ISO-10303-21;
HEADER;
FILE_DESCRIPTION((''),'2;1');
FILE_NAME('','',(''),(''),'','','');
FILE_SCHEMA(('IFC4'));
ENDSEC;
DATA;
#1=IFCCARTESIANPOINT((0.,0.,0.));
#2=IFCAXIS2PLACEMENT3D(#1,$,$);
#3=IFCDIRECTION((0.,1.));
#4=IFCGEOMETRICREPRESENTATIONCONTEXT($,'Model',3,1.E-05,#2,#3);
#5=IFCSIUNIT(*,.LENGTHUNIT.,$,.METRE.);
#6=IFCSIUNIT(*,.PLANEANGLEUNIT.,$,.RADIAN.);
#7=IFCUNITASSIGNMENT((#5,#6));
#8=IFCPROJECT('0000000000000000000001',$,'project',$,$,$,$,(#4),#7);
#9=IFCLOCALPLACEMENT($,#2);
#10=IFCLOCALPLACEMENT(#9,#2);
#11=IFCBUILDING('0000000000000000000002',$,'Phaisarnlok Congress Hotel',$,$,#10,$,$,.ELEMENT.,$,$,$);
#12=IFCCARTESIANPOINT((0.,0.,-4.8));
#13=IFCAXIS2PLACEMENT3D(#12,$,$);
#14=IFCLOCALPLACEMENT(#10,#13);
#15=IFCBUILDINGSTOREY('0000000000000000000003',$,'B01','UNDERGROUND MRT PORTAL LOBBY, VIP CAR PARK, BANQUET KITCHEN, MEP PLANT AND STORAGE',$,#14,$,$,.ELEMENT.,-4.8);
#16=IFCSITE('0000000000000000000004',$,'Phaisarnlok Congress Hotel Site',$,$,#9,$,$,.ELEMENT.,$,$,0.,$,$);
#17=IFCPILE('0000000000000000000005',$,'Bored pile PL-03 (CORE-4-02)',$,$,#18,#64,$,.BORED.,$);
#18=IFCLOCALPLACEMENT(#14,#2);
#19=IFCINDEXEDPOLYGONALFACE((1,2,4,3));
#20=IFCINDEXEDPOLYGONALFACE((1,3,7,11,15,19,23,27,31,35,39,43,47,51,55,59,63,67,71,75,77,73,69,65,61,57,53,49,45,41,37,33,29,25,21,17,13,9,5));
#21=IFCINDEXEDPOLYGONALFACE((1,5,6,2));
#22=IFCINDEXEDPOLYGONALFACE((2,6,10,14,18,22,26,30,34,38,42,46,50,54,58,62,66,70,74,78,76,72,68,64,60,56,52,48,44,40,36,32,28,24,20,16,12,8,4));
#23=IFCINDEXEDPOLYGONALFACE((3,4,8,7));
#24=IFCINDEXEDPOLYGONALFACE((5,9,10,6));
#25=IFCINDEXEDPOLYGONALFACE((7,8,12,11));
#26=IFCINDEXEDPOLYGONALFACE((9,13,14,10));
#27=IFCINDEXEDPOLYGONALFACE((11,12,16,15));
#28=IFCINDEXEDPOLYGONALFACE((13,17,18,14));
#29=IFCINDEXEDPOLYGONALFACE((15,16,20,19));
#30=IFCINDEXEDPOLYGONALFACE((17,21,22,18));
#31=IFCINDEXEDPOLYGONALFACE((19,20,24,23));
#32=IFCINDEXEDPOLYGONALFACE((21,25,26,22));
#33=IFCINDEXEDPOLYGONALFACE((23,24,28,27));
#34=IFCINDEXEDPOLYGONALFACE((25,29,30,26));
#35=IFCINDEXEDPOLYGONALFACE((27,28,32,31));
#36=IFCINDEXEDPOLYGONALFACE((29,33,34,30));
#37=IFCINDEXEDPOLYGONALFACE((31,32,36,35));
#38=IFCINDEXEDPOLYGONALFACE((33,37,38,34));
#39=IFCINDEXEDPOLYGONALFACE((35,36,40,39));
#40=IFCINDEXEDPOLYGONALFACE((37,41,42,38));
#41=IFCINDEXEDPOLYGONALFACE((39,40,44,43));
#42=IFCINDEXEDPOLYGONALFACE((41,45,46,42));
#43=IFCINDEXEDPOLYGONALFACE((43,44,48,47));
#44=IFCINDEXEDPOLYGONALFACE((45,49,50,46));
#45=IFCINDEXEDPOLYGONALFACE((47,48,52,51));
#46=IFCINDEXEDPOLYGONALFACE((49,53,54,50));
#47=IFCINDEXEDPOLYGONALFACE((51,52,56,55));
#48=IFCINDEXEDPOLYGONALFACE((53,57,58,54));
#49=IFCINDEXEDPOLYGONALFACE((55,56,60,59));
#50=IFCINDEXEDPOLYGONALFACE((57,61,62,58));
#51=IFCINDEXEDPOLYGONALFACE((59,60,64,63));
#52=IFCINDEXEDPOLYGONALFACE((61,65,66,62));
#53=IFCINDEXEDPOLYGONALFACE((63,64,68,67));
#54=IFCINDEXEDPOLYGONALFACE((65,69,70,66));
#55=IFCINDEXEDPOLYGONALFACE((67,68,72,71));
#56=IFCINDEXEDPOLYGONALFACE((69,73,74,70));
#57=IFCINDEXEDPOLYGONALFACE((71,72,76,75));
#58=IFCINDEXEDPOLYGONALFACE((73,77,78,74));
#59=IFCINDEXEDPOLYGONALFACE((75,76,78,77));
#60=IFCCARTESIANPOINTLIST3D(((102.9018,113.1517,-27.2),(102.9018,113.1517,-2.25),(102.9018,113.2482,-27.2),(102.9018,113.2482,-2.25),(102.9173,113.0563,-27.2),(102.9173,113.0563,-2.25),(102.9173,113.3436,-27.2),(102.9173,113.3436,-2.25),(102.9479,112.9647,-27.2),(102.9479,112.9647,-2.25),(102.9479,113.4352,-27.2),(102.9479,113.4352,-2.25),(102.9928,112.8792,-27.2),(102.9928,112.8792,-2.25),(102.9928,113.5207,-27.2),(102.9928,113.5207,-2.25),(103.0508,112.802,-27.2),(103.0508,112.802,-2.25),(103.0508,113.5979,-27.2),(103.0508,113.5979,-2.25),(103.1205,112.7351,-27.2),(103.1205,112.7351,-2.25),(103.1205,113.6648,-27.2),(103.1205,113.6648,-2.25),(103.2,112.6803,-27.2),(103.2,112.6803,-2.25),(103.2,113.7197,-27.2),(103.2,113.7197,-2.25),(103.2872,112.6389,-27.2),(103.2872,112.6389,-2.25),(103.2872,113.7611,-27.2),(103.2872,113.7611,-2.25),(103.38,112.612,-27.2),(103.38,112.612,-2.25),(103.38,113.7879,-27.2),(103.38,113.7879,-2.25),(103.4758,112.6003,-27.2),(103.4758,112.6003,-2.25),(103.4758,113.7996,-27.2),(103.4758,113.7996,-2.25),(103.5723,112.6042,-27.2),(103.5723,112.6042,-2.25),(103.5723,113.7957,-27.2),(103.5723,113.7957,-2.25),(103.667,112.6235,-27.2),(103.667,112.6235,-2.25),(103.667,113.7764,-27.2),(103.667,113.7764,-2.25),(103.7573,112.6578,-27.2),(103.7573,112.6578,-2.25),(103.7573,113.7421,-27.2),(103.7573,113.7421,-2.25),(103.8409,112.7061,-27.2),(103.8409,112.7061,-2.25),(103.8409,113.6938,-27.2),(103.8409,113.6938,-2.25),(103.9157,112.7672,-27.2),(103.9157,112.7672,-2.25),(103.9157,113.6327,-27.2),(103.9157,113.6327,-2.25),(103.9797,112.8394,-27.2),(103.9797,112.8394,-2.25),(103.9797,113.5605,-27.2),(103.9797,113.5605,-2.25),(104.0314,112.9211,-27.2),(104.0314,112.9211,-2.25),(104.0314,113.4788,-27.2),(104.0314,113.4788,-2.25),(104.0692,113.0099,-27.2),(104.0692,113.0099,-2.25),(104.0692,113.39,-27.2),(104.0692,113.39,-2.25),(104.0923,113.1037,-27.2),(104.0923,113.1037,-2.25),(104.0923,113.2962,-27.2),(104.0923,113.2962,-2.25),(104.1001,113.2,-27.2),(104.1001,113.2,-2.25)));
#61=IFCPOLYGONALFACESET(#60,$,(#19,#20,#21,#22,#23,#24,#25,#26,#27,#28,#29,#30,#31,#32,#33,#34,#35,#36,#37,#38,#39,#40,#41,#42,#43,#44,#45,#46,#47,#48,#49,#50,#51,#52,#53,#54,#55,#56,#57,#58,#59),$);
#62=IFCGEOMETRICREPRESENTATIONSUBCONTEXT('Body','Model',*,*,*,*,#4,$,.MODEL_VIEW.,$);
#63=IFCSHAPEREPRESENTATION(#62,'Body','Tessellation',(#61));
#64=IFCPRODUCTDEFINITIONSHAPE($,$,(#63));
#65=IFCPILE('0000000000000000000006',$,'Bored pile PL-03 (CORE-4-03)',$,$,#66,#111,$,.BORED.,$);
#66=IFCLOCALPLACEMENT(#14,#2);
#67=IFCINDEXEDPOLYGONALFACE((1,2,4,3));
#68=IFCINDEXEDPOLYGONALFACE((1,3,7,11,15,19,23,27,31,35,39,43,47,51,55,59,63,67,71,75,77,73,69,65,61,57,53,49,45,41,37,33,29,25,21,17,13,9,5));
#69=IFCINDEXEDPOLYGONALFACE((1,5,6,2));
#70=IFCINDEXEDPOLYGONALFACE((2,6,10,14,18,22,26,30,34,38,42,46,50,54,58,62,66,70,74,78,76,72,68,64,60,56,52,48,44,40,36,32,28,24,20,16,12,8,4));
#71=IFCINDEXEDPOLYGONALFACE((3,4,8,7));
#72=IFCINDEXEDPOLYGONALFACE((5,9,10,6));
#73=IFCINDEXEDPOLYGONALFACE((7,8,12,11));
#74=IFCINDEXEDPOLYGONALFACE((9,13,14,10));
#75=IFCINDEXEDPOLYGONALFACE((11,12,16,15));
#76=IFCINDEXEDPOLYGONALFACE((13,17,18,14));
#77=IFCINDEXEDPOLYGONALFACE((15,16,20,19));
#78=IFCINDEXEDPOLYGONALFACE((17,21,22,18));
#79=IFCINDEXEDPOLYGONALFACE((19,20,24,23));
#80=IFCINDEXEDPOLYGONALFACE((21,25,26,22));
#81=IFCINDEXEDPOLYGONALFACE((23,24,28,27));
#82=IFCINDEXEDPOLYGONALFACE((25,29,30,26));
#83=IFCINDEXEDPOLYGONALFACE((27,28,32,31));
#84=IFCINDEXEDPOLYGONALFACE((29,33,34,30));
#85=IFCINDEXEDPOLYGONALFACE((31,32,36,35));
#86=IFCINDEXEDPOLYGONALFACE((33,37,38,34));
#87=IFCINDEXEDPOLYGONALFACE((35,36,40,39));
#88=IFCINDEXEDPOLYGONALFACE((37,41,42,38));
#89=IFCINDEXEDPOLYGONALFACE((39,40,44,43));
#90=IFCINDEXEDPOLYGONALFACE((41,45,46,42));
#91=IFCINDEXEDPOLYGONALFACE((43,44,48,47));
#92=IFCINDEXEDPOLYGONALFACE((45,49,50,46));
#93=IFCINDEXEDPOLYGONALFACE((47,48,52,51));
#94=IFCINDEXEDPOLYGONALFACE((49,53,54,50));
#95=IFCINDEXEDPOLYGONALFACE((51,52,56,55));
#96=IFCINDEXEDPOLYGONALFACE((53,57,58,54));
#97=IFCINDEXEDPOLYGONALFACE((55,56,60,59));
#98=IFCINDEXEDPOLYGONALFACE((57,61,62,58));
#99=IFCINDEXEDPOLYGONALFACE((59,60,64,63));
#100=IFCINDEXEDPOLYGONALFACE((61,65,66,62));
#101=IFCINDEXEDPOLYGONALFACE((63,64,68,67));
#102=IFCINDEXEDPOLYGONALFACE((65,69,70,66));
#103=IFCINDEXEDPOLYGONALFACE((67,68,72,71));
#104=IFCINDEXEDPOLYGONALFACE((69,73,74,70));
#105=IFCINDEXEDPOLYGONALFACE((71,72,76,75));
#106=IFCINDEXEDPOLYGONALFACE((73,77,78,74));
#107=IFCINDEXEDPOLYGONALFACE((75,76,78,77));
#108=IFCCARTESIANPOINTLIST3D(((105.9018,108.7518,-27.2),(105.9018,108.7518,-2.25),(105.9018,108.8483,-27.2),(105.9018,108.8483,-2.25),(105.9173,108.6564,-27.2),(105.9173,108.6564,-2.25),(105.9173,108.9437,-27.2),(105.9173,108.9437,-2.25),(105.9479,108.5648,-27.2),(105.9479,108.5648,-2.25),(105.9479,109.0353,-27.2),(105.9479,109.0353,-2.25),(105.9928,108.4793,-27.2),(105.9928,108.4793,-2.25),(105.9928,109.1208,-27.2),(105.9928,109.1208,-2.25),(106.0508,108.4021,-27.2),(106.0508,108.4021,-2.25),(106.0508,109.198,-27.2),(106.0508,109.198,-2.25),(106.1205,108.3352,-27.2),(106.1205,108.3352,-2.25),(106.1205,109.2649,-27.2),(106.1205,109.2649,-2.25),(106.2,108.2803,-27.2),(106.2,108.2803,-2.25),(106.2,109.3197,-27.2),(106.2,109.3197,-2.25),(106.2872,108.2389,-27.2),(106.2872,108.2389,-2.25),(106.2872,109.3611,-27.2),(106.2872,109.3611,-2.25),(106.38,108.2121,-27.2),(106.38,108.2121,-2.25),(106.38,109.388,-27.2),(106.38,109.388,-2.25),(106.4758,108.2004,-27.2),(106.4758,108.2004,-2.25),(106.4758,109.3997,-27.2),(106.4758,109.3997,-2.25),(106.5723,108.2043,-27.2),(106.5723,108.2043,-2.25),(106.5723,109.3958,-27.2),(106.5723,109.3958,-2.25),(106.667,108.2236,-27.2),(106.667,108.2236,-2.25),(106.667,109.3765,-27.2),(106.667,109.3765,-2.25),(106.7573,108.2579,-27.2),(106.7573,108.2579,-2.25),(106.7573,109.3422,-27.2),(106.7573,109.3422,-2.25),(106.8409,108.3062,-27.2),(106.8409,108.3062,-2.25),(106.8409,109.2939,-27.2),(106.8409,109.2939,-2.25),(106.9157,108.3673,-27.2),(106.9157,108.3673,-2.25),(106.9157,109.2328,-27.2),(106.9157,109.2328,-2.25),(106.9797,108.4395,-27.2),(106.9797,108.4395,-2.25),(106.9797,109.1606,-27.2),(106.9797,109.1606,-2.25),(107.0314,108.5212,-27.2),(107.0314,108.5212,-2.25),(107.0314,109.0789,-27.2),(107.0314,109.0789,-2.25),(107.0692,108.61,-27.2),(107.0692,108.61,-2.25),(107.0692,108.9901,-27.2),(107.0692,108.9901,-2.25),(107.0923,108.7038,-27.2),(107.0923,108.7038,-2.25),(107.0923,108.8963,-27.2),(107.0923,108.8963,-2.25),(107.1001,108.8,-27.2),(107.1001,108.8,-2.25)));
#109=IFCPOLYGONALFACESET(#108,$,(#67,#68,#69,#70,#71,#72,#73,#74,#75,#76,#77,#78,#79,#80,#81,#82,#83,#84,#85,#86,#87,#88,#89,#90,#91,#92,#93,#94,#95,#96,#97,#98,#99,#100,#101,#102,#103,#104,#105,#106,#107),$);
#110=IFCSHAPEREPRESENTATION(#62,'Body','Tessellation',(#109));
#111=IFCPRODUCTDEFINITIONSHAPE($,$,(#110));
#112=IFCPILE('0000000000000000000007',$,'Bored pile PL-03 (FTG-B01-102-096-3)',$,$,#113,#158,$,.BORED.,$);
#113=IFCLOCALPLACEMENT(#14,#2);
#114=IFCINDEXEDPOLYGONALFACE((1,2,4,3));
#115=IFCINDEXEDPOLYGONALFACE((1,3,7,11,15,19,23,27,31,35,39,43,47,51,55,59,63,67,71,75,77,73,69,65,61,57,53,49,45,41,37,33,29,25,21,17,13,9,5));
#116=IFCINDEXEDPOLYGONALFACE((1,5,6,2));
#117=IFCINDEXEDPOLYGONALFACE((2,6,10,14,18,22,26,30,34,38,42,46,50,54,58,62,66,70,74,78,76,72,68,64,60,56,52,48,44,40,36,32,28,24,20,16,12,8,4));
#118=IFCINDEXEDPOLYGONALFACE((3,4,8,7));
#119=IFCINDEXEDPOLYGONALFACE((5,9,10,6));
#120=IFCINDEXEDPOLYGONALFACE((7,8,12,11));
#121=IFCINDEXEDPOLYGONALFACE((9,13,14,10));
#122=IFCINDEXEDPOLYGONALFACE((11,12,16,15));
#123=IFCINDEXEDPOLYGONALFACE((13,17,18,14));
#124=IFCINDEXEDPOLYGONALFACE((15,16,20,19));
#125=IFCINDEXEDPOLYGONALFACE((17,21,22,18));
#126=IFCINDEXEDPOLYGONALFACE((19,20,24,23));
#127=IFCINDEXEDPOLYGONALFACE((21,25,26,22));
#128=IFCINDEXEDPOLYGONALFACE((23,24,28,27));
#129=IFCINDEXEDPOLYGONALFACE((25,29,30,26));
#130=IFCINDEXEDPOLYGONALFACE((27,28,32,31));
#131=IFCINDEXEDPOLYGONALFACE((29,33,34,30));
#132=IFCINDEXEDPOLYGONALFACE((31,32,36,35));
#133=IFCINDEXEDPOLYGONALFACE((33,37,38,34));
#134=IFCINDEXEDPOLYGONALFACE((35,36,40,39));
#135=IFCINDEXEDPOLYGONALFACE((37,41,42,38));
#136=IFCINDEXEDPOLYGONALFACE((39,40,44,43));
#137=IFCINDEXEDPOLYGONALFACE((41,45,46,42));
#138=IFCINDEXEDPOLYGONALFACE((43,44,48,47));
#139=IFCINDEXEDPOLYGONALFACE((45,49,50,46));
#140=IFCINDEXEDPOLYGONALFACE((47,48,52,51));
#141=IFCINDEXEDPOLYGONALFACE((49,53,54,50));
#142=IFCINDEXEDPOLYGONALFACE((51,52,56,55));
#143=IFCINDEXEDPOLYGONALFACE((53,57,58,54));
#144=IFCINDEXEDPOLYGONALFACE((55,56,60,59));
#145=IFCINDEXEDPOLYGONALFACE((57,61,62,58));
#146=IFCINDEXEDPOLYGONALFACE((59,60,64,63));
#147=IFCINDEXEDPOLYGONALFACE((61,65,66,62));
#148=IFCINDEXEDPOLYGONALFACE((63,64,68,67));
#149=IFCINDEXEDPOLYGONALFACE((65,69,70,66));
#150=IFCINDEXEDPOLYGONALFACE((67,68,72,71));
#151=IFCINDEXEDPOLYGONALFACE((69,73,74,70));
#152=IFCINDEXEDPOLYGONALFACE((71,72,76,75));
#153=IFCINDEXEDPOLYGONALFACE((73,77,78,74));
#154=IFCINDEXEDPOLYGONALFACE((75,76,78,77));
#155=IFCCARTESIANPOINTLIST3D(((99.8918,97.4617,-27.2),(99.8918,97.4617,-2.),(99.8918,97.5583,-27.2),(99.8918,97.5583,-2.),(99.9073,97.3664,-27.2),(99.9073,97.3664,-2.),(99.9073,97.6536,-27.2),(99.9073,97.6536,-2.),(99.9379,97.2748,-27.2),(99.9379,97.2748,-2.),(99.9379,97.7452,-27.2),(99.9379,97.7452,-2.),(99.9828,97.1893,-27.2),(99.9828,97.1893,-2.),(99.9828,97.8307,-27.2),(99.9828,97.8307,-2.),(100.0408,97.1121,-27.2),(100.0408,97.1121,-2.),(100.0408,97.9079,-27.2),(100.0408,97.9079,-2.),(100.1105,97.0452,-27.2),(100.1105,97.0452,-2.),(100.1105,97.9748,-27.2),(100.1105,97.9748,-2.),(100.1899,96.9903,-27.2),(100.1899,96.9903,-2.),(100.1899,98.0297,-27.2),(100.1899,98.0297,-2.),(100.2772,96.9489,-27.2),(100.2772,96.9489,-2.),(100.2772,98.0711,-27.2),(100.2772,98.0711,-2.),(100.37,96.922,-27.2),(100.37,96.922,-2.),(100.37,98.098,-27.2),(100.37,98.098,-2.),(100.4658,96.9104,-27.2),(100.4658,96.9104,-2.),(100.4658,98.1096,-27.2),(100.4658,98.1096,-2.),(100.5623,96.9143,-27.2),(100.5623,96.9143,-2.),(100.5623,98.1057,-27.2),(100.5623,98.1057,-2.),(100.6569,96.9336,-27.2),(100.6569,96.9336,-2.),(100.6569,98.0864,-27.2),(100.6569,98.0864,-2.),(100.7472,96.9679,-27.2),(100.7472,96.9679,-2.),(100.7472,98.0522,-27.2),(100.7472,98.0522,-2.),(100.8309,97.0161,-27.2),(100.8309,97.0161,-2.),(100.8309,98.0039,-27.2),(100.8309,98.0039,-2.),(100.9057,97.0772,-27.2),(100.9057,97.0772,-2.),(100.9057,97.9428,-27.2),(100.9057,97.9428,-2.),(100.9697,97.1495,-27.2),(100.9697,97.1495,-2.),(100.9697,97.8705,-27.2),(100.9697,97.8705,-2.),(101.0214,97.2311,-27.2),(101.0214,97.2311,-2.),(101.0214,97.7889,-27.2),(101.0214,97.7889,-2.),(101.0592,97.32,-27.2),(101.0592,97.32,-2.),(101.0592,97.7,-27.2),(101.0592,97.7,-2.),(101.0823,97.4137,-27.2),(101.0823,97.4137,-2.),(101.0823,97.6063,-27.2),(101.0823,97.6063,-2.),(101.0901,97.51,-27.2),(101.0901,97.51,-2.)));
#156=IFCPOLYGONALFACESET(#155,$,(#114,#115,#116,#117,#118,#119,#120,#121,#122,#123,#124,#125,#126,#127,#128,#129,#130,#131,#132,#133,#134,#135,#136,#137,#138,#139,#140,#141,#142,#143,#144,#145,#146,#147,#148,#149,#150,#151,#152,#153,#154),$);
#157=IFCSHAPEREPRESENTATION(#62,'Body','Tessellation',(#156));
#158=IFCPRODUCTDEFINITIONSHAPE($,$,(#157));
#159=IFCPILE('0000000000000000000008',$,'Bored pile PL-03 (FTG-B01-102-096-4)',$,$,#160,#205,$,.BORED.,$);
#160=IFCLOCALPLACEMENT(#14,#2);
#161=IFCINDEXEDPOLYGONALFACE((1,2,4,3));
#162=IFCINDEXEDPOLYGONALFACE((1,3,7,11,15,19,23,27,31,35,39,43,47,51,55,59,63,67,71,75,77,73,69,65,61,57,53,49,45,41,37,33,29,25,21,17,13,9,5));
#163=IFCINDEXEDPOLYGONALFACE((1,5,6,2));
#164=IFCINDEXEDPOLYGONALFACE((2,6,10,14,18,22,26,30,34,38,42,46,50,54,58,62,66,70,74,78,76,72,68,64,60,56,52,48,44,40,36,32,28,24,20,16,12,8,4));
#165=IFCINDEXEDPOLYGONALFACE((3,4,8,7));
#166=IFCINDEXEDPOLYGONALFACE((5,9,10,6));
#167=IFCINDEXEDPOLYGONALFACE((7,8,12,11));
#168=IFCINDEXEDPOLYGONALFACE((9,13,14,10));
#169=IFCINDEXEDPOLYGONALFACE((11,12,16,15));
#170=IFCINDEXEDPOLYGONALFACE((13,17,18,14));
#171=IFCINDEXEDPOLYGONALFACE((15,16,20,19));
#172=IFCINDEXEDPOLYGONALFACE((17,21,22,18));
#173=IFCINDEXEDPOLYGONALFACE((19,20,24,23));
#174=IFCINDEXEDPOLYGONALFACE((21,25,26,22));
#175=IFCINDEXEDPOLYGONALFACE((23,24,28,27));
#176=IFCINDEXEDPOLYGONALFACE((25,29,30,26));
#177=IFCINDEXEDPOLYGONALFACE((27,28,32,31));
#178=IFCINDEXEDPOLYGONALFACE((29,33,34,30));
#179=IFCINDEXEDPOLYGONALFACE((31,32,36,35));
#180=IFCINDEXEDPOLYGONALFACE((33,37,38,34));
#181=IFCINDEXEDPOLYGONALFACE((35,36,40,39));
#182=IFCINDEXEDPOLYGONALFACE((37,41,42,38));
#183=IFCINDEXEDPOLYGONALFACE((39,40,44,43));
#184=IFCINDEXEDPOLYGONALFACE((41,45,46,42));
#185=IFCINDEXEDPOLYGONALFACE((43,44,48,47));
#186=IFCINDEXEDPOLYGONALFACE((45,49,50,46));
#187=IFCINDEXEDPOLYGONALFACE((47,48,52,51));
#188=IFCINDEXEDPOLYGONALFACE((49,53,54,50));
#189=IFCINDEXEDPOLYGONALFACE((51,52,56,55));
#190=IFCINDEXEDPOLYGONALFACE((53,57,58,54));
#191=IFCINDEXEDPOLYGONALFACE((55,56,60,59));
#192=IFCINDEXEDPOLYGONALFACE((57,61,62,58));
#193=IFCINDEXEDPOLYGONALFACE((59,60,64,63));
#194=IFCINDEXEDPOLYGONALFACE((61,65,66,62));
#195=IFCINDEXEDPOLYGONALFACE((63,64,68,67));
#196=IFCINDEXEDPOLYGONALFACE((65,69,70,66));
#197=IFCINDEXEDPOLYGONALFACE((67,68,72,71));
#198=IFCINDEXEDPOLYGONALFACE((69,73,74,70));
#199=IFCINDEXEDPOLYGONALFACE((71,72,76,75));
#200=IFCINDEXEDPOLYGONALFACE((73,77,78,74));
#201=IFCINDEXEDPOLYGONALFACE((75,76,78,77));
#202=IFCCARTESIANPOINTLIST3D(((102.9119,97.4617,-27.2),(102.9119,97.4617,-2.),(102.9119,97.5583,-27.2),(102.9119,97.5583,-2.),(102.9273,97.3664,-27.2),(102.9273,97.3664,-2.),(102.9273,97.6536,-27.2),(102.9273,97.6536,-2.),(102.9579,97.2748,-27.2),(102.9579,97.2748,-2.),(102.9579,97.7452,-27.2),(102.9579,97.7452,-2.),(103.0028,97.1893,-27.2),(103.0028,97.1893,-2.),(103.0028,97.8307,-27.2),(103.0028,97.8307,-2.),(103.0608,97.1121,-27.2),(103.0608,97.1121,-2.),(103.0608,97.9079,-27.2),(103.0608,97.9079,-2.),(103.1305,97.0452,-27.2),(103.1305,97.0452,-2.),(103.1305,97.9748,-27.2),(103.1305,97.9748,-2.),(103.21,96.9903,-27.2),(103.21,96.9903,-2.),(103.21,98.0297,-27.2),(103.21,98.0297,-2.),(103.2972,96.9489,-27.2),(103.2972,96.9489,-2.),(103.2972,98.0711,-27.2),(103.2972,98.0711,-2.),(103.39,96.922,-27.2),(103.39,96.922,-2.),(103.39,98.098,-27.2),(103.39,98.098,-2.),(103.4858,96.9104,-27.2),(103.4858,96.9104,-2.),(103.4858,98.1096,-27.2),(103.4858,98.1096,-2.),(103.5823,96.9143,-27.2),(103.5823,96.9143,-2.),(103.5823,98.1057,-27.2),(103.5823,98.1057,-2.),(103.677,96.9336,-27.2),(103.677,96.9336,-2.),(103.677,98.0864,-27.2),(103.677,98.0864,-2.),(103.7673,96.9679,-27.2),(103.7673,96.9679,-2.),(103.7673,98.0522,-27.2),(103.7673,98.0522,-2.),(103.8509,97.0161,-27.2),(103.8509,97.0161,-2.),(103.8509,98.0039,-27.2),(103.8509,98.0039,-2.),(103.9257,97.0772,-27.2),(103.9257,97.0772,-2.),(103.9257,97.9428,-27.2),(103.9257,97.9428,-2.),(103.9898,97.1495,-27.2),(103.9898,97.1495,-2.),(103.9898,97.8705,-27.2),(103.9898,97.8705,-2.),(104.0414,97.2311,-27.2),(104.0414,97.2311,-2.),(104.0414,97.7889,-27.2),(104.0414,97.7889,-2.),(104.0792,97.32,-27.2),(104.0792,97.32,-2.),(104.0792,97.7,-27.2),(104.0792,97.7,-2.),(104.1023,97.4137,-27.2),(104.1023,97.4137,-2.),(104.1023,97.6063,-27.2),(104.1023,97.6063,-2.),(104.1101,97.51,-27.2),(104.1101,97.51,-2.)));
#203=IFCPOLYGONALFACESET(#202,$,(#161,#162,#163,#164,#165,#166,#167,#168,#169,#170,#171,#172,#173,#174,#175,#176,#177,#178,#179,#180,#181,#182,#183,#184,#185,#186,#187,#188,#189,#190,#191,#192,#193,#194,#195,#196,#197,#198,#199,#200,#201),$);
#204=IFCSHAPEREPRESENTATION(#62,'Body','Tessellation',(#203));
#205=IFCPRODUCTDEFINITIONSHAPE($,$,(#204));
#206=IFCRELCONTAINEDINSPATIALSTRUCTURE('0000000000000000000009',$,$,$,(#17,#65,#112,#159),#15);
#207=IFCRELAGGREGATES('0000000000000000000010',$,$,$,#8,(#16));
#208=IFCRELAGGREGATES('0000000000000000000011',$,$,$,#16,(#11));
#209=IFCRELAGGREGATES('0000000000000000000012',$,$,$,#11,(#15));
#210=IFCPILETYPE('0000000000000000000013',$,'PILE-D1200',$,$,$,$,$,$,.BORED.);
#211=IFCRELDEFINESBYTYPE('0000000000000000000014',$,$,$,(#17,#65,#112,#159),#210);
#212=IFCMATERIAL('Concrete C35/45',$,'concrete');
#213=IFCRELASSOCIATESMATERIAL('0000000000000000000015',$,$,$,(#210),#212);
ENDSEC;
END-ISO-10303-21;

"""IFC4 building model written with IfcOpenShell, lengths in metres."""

from ifc_helpers import new_model, si_unit, direction, frame, origin, origin_2d, place, context, subcontext, project, spatial, circle, extrude, material, material_profile, profile_set, type_object, element, save


model = new_model("IFC4")

# Units and contexts
model_context = context("Model", 3, precision=1e-05, world=origin(), true_north=direction((0.0, 1.0)))
body_context = subcontext(model_context, "Body", "Model", "MODEL_VIEW")
ifc_project = project(units=[si_unit("LENGTHUNIT", "METRE"), si_unit("PLANEANGLEUNIT", "RADIAN")], contexts=[model_context])

# Site, building, storey
site_placement = place(None, origin())
site = spatial("IfcSite", under=ifc_project, at=site_placement, Name="Phaisarnlok Congress Hotel Site", CompositionType="ELEMENT", RefElevation=0.0)
building_placement = place(site_placement, origin())
building = spatial("IfcBuilding", under=site, at=building_placement, Name="Phaisarnlok Congress Hotel", CompositionType="ELEMENT")
storey_placement = place(building_placement, frame((0.0, 0.0, -4.8)))
storey = spatial("IfcBuildingStorey", under=building, at=storey_placement, Name="B01", Description="UNDERGROUND MRT PORTAL LOBBY, VIP CAR PARK, BANQUET KITCHEN, MEP PLANT AND STORAGE", CompositionType="ELEMENT", Elevation=-4.8)

# Piles
ifc_material_1 = material(Name="Concrete C35/45", Category="concrete")
ifc_material_profile_1 = material_profile(ifc_material_1, circle(Radius=0.6001, at=origin_2d()), Name="BORED PILE D1200")
ifc_profile_set_1 = profile_set([ifc_material_profile_1], Name="Concrete C35/45")
pile_type_1 = type_object("IfcPileType", Name="PILE-D1200", PredefinedType="BORED", material=ifc_profile_set_1)
for number, where, z_axis, x_axis, name in (
    (1, (103.5, 113.2, -2.25), (0.0, 0.0, -1.0), (1.0, 0.0, 0.0), "Bored pile PL-03 (CORE-4-02)"),
    (2, (106.5, 108.8, -2.25), (0.0, 0.0, -1.0), (1.0, 0.0, 0.0), "Bored pile PL-03 (CORE-4-03)"),
):
    element("IfcPile", number, at=place(storey_placement, frame(where, z_axis=z_axis, x_axis=x_axis)), inside=storey, type_object=pile_type_1, Name=name, PredefinedType="BORED", context=body_context, shape_type="SweptSolid", body=[
        extrude(circle(Radius=0.6001, at=origin_2d()), origin(), (0.0, 0.0, 1.0), 24.95),
    ])
for number, where, z_axis, x_axis, name in (
    (3, (100.49, 97.51, -2.0), (0.0, 0.0, -1.0), (1.0, 0.0, 0.0), "Bored pile PL-03 (FTG-B01-102-096-3)"),
    (4, (103.51, 97.51, -2.0), (0.0, 0.0, -1.0), (1.0, 0.0, 0.0), "Bored pile PL-03 (FTG-B01-102-096-4)"),
):
    element("IfcPile", number, at=place(storey_placement, frame(where, z_axis=z_axis, x_axis=x_axis)), inside=storey, type_object=pile_type_1, Name=name, PredefinedType="BORED", context=body_context, shape_type="SweptSolid", body=[
        extrude(circle(Radius=0.6001, at=origin_2d()), origin(), (0.0, 0.0, 1.0), 25.2),
    ])

save(model, "model.ifc")
